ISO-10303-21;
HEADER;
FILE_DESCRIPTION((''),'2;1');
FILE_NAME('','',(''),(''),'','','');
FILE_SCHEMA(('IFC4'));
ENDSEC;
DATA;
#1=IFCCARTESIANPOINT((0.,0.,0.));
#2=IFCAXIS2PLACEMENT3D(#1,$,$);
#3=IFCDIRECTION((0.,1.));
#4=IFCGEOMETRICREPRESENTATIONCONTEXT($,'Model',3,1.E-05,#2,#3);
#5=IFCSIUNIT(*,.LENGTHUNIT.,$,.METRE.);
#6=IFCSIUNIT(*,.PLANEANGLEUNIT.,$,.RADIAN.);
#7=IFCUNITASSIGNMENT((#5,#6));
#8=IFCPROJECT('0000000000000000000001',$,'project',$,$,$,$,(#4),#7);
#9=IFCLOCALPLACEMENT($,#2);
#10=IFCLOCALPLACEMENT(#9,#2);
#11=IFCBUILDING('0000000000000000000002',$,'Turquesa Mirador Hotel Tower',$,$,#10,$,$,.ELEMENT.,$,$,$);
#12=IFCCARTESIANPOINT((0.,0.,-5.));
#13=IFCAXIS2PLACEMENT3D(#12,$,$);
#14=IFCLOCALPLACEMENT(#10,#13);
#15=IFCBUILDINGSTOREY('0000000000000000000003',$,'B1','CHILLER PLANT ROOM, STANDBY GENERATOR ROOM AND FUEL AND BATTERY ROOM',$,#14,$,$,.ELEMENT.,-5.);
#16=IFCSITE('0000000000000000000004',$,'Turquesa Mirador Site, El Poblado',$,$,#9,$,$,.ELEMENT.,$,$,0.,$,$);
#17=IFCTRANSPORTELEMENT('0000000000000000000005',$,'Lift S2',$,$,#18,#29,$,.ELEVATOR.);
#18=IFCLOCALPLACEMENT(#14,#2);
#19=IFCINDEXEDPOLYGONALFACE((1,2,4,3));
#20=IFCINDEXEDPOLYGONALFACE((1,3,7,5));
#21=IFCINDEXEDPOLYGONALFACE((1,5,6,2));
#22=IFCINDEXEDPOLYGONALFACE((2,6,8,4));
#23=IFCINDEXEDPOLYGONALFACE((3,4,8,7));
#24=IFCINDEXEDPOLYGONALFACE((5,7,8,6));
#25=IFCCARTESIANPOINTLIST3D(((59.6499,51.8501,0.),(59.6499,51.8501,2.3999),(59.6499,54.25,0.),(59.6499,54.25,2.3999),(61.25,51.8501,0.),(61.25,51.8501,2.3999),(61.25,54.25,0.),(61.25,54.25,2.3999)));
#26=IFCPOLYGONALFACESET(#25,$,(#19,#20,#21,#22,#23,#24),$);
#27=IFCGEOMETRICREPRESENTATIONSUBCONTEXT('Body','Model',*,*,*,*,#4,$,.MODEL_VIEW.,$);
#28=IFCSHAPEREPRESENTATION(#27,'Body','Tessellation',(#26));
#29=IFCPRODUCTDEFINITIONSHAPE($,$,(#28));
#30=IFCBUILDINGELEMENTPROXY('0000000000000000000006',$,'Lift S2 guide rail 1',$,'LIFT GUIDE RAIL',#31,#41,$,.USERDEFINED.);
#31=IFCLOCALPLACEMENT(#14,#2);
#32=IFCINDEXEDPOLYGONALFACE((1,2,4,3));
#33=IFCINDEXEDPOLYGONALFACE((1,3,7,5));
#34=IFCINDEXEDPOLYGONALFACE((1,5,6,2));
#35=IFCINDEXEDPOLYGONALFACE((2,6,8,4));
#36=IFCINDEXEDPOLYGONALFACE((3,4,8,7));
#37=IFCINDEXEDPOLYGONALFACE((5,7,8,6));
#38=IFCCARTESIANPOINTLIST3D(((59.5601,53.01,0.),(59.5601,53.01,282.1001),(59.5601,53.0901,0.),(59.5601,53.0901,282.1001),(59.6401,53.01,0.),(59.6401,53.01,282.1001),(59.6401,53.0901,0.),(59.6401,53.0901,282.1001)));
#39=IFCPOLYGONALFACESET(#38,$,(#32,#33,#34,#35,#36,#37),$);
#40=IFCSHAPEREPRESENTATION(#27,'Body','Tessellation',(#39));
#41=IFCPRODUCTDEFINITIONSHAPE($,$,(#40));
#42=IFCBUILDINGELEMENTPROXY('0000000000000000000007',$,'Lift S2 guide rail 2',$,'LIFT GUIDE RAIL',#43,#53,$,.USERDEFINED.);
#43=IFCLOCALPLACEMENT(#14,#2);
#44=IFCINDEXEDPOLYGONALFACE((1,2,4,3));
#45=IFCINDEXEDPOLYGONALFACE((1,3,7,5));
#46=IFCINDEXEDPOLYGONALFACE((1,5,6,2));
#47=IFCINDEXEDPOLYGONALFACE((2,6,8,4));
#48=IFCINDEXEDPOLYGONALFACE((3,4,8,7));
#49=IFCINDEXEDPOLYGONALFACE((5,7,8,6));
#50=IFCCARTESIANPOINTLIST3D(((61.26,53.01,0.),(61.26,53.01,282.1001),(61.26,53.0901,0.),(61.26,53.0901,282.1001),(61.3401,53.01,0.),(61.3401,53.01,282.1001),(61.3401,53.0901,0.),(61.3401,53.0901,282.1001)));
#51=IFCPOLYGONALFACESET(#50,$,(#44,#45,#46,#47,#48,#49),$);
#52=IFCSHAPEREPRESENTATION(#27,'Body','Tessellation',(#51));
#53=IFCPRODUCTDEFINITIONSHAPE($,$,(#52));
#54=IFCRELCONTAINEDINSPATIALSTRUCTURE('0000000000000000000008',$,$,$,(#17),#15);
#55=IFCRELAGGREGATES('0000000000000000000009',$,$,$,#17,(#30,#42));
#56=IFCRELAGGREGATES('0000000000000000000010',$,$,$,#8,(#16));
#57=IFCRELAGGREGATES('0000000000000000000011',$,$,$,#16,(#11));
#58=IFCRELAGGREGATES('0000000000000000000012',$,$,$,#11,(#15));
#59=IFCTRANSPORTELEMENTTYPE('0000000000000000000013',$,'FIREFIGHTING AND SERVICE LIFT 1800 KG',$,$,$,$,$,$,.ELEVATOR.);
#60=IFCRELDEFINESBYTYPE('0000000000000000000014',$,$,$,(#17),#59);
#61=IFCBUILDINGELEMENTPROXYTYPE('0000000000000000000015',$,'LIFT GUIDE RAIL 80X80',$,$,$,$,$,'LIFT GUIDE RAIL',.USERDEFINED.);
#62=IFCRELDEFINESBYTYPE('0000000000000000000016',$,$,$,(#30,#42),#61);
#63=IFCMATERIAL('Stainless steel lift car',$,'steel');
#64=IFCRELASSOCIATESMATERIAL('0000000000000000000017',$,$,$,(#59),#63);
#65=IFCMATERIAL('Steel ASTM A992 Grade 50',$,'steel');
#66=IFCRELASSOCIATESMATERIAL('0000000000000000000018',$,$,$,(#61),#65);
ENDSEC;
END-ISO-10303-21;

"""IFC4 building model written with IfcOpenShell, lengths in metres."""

from ifc_helpers import new_model, si_unit, direction, frame, origin, origin_2d, place, context, subcontext, project, spatial, rectangle, extrude, material, type_object, element, aggregate, save


model = new_model("IFC4")

# Units and contexts
model_context = context("Model", 3, precision=1e-05, world=origin(), true_north=direction((0.0, 1.0)))
body_context = subcontext(model_context, "Body", "Model", "MODEL_VIEW")
ifc_project = project(units=[si_unit("LENGTHUNIT", "METRE"), si_unit("PLANEANGLEUNIT", "RADIAN")], contexts=[model_context])

# Site, building, storey
site_placement = place(None, origin())
site = spatial("IfcSite", under=ifc_project, at=site_placement, Name="Turquesa Mirador Site, El Poblado", CompositionType="ELEMENT", RefElevation=0.0)
building_placement = place(site_placement, origin())
building = spatial("IfcBuilding", under=site, at=building_placement, Name="Turquesa Mirador Hotel Tower", CompositionType="ELEMENT")
storey_placement = place(building_placement, frame((0.0, 0.0, -5.0)))
storey = spatial("IfcBuildingStorey", under=building, at=storey_placement, Name="B1", Description="CHILLER PLANT ROOM, STANDBY GENERATOR ROOM AND FUEL AND BATTERY ROOM", CompositionType="ELEMENT", Elevation=-5.0)

# Transport element
ifc_material_1 = material(Name="Stainless steel lift car", Category="steel")
transport_element_type = type_object("IfcTransportElementType", Name="FIREFIGHTING AND SERVICE LIFT 1800 KG", PredefinedType="ELEVATOR", material=ifc_material_1)
transport_element_1_placement = place(storey_placement, frame((60.45, 53.05, 0.0), z_axis=(0.0, 0.0, 1.0), x_axis=(1.0, 0.0, 0.0)))
transport_element_1 = element("IfcTransportElement", 1, at=transport_element_1_placement, inside=storey, type_object=transport_element_type, Name="Lift S2", PredefinedType="ELEVATOR", context=body_context, shape_type="SweptSolid", body=[
    extrude(rectangle(XDim=1.6001, YDim=2.3999, at=origin_2d()), origin(), (0.0, 0.0, 1.0), 2.3999),
])

# Building element proxies
ifc_material_2 = material(Name="Steel ASTM A992 Grade 50", Category="steel")
building_element_proxy_type = type_object("IfcBuildingElementProxyType", Name="LIFT GUIDE RAIL 80X80", ElementType="LIFT GUIDE RAIL", PredefinedType="USERDEFINED", material=ifc_material_2)
proxy_1_placement = place(storey_placement, frame((59.6001, 53.05, 0.0), z_axis=(0.0, 0.0, 1.0), x_axis=(1.0, 0.0, 0.0)))
proxy_1 = element("IfcBuildingElementProxy", 2, at=proxy_1_placement, type_object=building_element_proxy_type, Name="Lift S2 guide rail 1", ObjectType="LIFT GUIDE RAIL", PredefinedType="USERDEFINED", context=body_context, shape_type="SweptSolid", body=[
    extrude(rectangle(XDim=0.0801, YDim=0.0801, at=origin_2d()), origin(), (0.0, 0.0, 1.0), 282.1001),
])
proxy_2_placement = place(storey_placement, frame((61.3, 53.05, 0.0), z_axis=(0.0, 0.0, 1.0), x_axis=(1.0, 0.0, 0.0)))
proxy_2 = element("IfcBuildingElementProxy", 3, at=proxy_2_placement, type_object=building_element_proxy_type, Name="Lift S2 guide rail 2", ObjectType="LIFT GUIDE RAIL", PredefinedType="USERDEFINED", context=body_context, shape_type="SweptSolid", body=[
    extrude(rectangle(XDim=0.0801, YDim=0.0801, at=origin_2d()), origin(), (0.0, 0.0, 1.0), 282.1001),
])
aggregate(transport_element_1, [proxy_1, proxy_2])

save(model, "model.ifc")
